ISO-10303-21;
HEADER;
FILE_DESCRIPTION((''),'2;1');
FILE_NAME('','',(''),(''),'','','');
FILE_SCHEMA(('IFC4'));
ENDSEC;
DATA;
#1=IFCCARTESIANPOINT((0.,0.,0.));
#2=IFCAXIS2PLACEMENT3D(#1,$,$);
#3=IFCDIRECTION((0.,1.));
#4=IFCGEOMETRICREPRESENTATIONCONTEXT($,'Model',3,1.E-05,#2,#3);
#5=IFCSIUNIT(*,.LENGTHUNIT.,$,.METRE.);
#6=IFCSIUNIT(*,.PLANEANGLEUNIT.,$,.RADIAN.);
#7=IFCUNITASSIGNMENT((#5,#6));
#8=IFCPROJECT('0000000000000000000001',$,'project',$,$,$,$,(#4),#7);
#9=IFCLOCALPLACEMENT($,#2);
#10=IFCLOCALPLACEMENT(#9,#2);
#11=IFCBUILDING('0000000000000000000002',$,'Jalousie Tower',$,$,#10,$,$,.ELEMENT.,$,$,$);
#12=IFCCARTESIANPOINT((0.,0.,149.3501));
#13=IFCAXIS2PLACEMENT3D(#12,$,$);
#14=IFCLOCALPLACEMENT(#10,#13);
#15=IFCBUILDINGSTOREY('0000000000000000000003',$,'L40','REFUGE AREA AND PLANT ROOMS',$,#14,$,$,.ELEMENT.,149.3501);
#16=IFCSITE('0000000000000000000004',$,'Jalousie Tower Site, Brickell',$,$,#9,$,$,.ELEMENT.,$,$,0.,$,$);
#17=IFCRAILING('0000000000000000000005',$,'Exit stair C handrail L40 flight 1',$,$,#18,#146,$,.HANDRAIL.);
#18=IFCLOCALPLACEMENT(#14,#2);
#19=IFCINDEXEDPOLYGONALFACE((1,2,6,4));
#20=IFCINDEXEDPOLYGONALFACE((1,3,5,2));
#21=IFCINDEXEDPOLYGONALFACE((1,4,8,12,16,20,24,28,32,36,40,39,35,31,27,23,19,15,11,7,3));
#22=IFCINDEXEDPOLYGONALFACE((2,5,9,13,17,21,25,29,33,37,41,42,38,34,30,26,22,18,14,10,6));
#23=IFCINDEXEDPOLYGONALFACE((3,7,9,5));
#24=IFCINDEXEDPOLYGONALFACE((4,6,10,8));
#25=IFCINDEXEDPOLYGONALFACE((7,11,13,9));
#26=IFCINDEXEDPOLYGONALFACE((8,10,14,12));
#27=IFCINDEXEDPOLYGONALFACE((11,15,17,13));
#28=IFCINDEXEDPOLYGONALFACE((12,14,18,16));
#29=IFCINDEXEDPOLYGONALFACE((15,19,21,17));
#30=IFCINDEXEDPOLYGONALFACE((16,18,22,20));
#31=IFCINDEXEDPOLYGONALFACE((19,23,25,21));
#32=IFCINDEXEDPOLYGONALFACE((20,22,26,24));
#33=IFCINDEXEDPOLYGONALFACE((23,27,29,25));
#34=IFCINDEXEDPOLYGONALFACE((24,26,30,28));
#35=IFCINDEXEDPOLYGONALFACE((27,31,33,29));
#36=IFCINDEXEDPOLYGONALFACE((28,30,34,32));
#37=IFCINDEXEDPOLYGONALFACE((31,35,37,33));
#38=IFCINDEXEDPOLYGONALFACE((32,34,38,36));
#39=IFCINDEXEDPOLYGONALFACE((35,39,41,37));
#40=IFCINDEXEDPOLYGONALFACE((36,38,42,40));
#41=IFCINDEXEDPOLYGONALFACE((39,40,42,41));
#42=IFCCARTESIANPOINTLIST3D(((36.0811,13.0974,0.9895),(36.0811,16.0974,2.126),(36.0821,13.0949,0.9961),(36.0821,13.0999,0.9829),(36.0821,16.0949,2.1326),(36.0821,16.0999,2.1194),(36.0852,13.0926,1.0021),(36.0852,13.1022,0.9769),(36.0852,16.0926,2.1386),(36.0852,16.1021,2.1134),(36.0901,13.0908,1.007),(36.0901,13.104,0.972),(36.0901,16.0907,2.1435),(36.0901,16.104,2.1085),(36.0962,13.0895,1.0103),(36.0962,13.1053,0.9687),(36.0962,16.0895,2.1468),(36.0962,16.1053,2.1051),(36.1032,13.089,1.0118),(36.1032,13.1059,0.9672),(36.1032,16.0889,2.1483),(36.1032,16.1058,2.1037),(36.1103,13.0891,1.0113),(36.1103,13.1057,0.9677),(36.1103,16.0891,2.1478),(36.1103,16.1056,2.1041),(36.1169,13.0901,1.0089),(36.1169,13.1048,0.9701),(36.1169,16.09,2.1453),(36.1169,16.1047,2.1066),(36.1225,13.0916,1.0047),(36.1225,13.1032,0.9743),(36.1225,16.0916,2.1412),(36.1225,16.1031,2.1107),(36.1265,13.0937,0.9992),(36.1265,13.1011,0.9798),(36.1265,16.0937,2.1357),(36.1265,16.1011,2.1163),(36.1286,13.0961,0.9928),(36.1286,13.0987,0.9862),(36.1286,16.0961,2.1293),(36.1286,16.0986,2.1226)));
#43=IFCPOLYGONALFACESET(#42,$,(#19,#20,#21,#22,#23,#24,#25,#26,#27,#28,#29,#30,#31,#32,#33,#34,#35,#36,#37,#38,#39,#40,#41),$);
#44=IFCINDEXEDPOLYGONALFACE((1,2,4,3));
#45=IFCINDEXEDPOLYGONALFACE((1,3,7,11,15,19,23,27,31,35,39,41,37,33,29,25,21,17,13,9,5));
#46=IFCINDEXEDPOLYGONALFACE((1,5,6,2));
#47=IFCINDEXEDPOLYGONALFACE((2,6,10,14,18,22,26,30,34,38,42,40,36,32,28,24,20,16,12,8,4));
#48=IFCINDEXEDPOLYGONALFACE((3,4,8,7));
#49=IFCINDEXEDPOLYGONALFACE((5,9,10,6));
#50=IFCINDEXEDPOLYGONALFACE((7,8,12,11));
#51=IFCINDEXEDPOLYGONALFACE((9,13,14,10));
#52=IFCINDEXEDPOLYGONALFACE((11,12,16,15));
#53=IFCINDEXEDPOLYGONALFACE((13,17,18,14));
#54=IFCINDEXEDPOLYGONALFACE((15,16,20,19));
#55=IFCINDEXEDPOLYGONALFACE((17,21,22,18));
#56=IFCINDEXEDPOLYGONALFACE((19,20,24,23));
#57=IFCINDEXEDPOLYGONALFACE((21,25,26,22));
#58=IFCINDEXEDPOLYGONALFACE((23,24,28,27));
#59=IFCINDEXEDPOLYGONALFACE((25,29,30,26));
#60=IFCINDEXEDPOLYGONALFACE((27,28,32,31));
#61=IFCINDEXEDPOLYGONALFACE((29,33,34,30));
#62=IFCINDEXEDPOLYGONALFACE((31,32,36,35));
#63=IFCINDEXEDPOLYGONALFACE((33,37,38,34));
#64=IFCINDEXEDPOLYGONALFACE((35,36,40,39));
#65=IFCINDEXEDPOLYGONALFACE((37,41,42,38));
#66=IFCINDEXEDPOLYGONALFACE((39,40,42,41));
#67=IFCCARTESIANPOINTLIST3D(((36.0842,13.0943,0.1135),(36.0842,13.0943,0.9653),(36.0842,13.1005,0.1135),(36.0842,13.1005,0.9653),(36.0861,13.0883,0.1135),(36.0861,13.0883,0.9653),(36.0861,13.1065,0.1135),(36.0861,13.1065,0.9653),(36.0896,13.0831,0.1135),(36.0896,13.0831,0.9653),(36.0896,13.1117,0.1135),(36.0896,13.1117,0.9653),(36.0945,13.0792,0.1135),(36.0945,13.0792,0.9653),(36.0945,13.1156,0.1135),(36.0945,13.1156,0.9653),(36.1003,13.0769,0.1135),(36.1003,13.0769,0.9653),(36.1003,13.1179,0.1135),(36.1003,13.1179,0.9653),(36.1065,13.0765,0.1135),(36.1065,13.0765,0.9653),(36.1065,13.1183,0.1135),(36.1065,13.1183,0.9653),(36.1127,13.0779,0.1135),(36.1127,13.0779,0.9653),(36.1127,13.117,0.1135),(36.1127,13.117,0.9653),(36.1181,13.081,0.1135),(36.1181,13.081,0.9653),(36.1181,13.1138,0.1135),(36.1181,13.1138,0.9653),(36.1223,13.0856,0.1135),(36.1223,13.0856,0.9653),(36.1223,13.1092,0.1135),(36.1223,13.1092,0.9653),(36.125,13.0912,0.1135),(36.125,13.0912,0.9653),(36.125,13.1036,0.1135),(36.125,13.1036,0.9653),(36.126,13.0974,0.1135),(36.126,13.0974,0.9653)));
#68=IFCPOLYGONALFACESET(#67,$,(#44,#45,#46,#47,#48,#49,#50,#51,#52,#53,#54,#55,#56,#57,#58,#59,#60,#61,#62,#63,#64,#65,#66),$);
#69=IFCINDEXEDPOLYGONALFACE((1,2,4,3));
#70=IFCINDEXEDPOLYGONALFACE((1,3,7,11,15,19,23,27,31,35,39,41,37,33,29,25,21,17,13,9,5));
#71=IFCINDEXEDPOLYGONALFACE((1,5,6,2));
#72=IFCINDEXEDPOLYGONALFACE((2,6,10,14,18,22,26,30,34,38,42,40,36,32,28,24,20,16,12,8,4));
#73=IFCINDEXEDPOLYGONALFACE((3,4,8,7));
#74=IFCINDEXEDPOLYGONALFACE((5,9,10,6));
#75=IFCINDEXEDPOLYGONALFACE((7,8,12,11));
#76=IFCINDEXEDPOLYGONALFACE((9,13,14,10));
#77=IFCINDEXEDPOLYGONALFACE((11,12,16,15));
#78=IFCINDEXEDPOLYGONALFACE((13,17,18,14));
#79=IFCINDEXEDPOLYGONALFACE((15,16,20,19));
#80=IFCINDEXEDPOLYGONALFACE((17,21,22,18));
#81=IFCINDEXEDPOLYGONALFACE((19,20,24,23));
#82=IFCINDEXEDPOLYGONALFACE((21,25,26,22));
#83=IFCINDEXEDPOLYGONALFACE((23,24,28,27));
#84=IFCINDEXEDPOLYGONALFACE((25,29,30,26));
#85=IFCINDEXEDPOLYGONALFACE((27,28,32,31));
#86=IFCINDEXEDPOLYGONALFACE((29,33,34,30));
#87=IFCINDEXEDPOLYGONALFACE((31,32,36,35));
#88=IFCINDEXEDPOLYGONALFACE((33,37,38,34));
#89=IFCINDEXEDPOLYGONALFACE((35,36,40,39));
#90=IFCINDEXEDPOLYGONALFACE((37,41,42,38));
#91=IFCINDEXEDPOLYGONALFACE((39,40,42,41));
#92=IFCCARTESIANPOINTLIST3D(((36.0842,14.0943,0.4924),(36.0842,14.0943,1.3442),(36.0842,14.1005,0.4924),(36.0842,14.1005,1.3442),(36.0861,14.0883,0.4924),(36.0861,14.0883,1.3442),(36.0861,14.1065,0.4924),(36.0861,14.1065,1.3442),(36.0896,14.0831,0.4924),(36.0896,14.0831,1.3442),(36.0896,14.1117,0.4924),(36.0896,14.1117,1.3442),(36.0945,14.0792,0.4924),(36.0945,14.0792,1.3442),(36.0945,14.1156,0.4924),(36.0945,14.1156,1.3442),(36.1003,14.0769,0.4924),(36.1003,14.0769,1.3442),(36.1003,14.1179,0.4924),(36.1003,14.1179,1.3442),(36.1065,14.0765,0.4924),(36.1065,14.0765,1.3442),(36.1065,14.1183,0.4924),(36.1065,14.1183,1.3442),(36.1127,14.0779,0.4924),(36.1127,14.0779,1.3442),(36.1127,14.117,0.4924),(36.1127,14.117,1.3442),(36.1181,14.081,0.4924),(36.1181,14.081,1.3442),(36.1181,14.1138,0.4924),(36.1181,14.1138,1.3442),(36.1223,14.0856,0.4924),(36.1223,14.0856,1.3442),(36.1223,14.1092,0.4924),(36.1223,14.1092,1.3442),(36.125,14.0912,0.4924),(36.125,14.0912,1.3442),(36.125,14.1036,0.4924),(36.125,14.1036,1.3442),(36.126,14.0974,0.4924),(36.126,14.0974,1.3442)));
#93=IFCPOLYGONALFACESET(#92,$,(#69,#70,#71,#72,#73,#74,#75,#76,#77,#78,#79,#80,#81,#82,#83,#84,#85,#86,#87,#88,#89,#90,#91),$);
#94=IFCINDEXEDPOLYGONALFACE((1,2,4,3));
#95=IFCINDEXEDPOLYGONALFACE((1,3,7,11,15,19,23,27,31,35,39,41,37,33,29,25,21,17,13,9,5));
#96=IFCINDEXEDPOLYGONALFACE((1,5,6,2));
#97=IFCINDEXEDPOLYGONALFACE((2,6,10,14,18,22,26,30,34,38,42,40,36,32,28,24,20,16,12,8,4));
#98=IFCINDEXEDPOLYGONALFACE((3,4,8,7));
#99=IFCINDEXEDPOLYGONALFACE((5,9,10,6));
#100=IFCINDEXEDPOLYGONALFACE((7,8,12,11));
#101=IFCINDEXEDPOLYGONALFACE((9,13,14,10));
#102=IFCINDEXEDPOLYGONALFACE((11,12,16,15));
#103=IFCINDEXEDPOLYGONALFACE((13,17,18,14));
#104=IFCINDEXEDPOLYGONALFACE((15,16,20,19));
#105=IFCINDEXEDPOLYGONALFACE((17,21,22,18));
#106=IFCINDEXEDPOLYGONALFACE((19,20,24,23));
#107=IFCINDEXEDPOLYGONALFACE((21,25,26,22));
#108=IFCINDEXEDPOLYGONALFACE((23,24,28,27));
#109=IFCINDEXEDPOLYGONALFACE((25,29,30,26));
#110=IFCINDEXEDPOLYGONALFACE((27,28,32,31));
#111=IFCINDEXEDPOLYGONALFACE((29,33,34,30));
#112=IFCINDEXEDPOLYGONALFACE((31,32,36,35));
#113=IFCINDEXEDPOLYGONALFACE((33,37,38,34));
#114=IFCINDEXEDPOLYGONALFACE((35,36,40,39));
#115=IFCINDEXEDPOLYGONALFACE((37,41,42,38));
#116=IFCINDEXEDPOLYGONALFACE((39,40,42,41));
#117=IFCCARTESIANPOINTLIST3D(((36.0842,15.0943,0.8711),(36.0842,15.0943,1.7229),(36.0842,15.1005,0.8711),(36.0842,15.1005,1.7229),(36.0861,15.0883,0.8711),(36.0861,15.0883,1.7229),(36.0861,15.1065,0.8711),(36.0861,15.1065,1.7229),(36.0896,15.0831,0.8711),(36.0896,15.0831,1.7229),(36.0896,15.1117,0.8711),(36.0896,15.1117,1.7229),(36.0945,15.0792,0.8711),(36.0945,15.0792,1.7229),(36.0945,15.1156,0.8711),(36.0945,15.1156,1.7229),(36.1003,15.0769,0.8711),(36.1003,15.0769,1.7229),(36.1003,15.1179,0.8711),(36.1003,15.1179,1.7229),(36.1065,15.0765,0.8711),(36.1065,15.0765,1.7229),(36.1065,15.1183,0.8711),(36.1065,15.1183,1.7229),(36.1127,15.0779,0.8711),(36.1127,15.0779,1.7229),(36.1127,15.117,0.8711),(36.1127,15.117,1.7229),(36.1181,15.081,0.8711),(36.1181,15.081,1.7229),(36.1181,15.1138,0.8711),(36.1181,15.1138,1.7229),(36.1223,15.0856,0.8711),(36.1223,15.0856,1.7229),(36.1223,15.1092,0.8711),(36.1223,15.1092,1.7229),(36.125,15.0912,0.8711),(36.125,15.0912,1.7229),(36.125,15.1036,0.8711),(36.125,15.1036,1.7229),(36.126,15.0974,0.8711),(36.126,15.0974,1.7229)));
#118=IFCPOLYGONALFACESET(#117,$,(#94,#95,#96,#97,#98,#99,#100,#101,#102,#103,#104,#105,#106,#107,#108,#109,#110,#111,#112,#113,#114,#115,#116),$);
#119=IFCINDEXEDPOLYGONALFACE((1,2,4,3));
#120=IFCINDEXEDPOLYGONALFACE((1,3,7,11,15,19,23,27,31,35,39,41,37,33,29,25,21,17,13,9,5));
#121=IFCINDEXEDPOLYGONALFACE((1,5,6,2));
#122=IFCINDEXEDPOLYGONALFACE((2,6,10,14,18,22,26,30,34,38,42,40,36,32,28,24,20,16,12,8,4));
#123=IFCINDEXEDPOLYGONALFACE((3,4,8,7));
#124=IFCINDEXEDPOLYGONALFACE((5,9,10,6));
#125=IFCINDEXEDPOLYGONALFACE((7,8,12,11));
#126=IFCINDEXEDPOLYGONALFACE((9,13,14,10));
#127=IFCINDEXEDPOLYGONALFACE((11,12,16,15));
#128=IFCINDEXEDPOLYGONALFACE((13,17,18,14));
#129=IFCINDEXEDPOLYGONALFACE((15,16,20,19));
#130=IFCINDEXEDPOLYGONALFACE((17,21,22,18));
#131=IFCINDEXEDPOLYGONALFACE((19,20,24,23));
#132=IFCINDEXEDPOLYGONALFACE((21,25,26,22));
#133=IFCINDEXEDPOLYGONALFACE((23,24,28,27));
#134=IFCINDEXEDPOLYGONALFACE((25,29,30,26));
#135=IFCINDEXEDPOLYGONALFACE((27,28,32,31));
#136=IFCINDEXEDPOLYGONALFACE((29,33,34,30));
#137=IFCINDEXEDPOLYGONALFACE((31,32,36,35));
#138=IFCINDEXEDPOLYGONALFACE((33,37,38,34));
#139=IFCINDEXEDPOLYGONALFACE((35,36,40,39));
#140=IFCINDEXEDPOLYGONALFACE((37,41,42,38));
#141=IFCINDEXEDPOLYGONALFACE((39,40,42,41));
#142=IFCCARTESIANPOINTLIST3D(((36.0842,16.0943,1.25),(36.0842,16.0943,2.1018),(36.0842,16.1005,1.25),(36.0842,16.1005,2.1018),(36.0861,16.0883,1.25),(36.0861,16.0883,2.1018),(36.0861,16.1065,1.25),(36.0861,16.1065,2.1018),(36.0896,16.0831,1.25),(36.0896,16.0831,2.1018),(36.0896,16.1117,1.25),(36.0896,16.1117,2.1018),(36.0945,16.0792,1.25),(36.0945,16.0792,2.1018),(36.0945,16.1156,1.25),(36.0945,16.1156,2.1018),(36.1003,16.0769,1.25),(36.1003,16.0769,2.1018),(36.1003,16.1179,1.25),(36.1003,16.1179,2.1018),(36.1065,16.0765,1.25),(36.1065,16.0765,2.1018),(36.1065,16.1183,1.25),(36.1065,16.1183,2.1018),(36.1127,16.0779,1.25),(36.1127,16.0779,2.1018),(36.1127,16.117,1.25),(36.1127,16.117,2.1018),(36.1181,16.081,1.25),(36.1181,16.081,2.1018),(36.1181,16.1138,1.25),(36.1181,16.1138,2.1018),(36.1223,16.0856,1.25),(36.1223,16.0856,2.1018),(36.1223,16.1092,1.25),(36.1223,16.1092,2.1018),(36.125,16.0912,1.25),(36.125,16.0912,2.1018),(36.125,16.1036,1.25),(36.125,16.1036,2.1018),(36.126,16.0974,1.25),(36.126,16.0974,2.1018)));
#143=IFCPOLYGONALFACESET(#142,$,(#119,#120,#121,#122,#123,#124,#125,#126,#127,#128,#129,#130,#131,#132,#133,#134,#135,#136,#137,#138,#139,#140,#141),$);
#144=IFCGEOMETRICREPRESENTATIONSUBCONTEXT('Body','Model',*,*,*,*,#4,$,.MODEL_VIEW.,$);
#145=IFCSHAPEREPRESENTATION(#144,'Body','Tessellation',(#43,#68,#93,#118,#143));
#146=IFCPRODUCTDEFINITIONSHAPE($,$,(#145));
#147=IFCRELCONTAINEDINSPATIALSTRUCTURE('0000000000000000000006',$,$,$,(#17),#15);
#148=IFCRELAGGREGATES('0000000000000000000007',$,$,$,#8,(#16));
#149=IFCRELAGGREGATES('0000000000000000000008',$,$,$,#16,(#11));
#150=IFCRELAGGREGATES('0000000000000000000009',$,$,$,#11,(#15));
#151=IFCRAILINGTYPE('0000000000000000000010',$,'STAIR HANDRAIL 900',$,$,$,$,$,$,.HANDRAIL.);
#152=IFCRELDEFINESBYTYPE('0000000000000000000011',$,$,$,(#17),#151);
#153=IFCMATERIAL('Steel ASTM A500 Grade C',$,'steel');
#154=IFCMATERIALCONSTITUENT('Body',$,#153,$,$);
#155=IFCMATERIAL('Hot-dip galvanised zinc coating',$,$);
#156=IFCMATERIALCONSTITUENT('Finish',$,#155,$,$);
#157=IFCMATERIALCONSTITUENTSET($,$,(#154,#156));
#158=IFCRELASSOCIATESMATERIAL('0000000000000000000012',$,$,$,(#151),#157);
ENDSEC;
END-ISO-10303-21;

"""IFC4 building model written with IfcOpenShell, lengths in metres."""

from ifc_helpers import new_model, si_unit, direction, frame, origin, origin_2d, place, context, subcontext, project, spatial, circle, extrude, material, constituent, constituent_set, type_object, element, save


model = new_model("IFC4")

# Units and contexts
model_context = context("Model", 3, precision=1e-05, world=origin(), true_north=direction((0.0, 1.0)))
body_context = subcontext(model_context, "Body", "Model", "MODEL_VIEW")
ifc_project = project(units=[si_unit("LENGTHUNIT", "METRE"), si_unit("PLANEANGLEUNIT", "RADIAN")], contexts=[model_context])

# Site, building, storey
site_placement = place(None, origin())
site = spatial("IfcSite", under=ifc_project, at=site_placement, Name="Jalousie Tower Site, Brickell", CompositionType="ELEMENT", RefElevation=0.0)
building_placement = place(site_placement, origin())
building = spatial("IfcBuilding", under=site, at=building_placement, Name="Jalousie Tower", CompositionType="ELEMENT")
storey_placement = place(building_placement, frame((0.0, 0.0, 149.3501)))
storey = spatial("IfcBuildingStorey", under=building, at=storey_placement, Name="L40", Description="REFUGE AREA AND PLANT ROOMS", CompositionType="ELEMENT", Elevation=149.3501)

# Railing
ifc_material_1 = material(Name="Steel ASTM A500 Grade C", Category="steel")
ifc_constituent_1 = constituent(ifc_material_1, Name="Body")
ifc_material_2 = material(Name="Hot-dip galvanised zinc coating")
ifc_constituent_2 = constituent(ifc_material_2, Name="Finish")
ifc_constituent_set = constituent_set(constituents=[ifc_constituent_1, ifc_constituent_2])
railing_type_1 = type_object("IfcRailingType", Name="STAIR HANDRAIL 900", PredefinedType="HANDRAIL", material=ifc_constituent_set)
for number, where, name in (
    (1, (36.105, 13.0974, 0.1135), "Exit stair C handrail L40 flight 1"),
):
    element("IfcRailing", number, at=place(storey_placement, frame(where)), inside=storey, type_object=railing_type_1, Name=name, PredefinedType="HANDRAIL", context=body_context, shape_type="SweptSolid", body=[
        extrude(circle(Radius=0.0239, at=origin_2d()), frame((0.0, 0.0, 0.876), z_axis=(0.0, 0.935148, 0.354257), x_axis=(-1.0, 0.0, 0.0)), (0.0, 0.0, 1.0), 3.208),
        extrude(circle(Radius=0.021, at=origin_2d()), origin(), (0.0, 0.0, 1.0), 0.8518),
        extrude(circle(Radius=0.021, at=origin_2d()), frame((0.0, 1.0, 0.3789)), (0.0, 0.0, 1.0), 0.8518),
        extrude(circle(Radius=0.021, at=origin_2d()), frame((0.0, 2.0, 0.7576)), (0.0, 0.0, 1.0), 0.8518),
        extrude(circle(Radius=0.021, at=origin_2d()), frame((0.0, 3.0, 1.1365)), (0.0, 0.0, 1.0), 0.8518),
    ])

save(model, "model.ifc")
